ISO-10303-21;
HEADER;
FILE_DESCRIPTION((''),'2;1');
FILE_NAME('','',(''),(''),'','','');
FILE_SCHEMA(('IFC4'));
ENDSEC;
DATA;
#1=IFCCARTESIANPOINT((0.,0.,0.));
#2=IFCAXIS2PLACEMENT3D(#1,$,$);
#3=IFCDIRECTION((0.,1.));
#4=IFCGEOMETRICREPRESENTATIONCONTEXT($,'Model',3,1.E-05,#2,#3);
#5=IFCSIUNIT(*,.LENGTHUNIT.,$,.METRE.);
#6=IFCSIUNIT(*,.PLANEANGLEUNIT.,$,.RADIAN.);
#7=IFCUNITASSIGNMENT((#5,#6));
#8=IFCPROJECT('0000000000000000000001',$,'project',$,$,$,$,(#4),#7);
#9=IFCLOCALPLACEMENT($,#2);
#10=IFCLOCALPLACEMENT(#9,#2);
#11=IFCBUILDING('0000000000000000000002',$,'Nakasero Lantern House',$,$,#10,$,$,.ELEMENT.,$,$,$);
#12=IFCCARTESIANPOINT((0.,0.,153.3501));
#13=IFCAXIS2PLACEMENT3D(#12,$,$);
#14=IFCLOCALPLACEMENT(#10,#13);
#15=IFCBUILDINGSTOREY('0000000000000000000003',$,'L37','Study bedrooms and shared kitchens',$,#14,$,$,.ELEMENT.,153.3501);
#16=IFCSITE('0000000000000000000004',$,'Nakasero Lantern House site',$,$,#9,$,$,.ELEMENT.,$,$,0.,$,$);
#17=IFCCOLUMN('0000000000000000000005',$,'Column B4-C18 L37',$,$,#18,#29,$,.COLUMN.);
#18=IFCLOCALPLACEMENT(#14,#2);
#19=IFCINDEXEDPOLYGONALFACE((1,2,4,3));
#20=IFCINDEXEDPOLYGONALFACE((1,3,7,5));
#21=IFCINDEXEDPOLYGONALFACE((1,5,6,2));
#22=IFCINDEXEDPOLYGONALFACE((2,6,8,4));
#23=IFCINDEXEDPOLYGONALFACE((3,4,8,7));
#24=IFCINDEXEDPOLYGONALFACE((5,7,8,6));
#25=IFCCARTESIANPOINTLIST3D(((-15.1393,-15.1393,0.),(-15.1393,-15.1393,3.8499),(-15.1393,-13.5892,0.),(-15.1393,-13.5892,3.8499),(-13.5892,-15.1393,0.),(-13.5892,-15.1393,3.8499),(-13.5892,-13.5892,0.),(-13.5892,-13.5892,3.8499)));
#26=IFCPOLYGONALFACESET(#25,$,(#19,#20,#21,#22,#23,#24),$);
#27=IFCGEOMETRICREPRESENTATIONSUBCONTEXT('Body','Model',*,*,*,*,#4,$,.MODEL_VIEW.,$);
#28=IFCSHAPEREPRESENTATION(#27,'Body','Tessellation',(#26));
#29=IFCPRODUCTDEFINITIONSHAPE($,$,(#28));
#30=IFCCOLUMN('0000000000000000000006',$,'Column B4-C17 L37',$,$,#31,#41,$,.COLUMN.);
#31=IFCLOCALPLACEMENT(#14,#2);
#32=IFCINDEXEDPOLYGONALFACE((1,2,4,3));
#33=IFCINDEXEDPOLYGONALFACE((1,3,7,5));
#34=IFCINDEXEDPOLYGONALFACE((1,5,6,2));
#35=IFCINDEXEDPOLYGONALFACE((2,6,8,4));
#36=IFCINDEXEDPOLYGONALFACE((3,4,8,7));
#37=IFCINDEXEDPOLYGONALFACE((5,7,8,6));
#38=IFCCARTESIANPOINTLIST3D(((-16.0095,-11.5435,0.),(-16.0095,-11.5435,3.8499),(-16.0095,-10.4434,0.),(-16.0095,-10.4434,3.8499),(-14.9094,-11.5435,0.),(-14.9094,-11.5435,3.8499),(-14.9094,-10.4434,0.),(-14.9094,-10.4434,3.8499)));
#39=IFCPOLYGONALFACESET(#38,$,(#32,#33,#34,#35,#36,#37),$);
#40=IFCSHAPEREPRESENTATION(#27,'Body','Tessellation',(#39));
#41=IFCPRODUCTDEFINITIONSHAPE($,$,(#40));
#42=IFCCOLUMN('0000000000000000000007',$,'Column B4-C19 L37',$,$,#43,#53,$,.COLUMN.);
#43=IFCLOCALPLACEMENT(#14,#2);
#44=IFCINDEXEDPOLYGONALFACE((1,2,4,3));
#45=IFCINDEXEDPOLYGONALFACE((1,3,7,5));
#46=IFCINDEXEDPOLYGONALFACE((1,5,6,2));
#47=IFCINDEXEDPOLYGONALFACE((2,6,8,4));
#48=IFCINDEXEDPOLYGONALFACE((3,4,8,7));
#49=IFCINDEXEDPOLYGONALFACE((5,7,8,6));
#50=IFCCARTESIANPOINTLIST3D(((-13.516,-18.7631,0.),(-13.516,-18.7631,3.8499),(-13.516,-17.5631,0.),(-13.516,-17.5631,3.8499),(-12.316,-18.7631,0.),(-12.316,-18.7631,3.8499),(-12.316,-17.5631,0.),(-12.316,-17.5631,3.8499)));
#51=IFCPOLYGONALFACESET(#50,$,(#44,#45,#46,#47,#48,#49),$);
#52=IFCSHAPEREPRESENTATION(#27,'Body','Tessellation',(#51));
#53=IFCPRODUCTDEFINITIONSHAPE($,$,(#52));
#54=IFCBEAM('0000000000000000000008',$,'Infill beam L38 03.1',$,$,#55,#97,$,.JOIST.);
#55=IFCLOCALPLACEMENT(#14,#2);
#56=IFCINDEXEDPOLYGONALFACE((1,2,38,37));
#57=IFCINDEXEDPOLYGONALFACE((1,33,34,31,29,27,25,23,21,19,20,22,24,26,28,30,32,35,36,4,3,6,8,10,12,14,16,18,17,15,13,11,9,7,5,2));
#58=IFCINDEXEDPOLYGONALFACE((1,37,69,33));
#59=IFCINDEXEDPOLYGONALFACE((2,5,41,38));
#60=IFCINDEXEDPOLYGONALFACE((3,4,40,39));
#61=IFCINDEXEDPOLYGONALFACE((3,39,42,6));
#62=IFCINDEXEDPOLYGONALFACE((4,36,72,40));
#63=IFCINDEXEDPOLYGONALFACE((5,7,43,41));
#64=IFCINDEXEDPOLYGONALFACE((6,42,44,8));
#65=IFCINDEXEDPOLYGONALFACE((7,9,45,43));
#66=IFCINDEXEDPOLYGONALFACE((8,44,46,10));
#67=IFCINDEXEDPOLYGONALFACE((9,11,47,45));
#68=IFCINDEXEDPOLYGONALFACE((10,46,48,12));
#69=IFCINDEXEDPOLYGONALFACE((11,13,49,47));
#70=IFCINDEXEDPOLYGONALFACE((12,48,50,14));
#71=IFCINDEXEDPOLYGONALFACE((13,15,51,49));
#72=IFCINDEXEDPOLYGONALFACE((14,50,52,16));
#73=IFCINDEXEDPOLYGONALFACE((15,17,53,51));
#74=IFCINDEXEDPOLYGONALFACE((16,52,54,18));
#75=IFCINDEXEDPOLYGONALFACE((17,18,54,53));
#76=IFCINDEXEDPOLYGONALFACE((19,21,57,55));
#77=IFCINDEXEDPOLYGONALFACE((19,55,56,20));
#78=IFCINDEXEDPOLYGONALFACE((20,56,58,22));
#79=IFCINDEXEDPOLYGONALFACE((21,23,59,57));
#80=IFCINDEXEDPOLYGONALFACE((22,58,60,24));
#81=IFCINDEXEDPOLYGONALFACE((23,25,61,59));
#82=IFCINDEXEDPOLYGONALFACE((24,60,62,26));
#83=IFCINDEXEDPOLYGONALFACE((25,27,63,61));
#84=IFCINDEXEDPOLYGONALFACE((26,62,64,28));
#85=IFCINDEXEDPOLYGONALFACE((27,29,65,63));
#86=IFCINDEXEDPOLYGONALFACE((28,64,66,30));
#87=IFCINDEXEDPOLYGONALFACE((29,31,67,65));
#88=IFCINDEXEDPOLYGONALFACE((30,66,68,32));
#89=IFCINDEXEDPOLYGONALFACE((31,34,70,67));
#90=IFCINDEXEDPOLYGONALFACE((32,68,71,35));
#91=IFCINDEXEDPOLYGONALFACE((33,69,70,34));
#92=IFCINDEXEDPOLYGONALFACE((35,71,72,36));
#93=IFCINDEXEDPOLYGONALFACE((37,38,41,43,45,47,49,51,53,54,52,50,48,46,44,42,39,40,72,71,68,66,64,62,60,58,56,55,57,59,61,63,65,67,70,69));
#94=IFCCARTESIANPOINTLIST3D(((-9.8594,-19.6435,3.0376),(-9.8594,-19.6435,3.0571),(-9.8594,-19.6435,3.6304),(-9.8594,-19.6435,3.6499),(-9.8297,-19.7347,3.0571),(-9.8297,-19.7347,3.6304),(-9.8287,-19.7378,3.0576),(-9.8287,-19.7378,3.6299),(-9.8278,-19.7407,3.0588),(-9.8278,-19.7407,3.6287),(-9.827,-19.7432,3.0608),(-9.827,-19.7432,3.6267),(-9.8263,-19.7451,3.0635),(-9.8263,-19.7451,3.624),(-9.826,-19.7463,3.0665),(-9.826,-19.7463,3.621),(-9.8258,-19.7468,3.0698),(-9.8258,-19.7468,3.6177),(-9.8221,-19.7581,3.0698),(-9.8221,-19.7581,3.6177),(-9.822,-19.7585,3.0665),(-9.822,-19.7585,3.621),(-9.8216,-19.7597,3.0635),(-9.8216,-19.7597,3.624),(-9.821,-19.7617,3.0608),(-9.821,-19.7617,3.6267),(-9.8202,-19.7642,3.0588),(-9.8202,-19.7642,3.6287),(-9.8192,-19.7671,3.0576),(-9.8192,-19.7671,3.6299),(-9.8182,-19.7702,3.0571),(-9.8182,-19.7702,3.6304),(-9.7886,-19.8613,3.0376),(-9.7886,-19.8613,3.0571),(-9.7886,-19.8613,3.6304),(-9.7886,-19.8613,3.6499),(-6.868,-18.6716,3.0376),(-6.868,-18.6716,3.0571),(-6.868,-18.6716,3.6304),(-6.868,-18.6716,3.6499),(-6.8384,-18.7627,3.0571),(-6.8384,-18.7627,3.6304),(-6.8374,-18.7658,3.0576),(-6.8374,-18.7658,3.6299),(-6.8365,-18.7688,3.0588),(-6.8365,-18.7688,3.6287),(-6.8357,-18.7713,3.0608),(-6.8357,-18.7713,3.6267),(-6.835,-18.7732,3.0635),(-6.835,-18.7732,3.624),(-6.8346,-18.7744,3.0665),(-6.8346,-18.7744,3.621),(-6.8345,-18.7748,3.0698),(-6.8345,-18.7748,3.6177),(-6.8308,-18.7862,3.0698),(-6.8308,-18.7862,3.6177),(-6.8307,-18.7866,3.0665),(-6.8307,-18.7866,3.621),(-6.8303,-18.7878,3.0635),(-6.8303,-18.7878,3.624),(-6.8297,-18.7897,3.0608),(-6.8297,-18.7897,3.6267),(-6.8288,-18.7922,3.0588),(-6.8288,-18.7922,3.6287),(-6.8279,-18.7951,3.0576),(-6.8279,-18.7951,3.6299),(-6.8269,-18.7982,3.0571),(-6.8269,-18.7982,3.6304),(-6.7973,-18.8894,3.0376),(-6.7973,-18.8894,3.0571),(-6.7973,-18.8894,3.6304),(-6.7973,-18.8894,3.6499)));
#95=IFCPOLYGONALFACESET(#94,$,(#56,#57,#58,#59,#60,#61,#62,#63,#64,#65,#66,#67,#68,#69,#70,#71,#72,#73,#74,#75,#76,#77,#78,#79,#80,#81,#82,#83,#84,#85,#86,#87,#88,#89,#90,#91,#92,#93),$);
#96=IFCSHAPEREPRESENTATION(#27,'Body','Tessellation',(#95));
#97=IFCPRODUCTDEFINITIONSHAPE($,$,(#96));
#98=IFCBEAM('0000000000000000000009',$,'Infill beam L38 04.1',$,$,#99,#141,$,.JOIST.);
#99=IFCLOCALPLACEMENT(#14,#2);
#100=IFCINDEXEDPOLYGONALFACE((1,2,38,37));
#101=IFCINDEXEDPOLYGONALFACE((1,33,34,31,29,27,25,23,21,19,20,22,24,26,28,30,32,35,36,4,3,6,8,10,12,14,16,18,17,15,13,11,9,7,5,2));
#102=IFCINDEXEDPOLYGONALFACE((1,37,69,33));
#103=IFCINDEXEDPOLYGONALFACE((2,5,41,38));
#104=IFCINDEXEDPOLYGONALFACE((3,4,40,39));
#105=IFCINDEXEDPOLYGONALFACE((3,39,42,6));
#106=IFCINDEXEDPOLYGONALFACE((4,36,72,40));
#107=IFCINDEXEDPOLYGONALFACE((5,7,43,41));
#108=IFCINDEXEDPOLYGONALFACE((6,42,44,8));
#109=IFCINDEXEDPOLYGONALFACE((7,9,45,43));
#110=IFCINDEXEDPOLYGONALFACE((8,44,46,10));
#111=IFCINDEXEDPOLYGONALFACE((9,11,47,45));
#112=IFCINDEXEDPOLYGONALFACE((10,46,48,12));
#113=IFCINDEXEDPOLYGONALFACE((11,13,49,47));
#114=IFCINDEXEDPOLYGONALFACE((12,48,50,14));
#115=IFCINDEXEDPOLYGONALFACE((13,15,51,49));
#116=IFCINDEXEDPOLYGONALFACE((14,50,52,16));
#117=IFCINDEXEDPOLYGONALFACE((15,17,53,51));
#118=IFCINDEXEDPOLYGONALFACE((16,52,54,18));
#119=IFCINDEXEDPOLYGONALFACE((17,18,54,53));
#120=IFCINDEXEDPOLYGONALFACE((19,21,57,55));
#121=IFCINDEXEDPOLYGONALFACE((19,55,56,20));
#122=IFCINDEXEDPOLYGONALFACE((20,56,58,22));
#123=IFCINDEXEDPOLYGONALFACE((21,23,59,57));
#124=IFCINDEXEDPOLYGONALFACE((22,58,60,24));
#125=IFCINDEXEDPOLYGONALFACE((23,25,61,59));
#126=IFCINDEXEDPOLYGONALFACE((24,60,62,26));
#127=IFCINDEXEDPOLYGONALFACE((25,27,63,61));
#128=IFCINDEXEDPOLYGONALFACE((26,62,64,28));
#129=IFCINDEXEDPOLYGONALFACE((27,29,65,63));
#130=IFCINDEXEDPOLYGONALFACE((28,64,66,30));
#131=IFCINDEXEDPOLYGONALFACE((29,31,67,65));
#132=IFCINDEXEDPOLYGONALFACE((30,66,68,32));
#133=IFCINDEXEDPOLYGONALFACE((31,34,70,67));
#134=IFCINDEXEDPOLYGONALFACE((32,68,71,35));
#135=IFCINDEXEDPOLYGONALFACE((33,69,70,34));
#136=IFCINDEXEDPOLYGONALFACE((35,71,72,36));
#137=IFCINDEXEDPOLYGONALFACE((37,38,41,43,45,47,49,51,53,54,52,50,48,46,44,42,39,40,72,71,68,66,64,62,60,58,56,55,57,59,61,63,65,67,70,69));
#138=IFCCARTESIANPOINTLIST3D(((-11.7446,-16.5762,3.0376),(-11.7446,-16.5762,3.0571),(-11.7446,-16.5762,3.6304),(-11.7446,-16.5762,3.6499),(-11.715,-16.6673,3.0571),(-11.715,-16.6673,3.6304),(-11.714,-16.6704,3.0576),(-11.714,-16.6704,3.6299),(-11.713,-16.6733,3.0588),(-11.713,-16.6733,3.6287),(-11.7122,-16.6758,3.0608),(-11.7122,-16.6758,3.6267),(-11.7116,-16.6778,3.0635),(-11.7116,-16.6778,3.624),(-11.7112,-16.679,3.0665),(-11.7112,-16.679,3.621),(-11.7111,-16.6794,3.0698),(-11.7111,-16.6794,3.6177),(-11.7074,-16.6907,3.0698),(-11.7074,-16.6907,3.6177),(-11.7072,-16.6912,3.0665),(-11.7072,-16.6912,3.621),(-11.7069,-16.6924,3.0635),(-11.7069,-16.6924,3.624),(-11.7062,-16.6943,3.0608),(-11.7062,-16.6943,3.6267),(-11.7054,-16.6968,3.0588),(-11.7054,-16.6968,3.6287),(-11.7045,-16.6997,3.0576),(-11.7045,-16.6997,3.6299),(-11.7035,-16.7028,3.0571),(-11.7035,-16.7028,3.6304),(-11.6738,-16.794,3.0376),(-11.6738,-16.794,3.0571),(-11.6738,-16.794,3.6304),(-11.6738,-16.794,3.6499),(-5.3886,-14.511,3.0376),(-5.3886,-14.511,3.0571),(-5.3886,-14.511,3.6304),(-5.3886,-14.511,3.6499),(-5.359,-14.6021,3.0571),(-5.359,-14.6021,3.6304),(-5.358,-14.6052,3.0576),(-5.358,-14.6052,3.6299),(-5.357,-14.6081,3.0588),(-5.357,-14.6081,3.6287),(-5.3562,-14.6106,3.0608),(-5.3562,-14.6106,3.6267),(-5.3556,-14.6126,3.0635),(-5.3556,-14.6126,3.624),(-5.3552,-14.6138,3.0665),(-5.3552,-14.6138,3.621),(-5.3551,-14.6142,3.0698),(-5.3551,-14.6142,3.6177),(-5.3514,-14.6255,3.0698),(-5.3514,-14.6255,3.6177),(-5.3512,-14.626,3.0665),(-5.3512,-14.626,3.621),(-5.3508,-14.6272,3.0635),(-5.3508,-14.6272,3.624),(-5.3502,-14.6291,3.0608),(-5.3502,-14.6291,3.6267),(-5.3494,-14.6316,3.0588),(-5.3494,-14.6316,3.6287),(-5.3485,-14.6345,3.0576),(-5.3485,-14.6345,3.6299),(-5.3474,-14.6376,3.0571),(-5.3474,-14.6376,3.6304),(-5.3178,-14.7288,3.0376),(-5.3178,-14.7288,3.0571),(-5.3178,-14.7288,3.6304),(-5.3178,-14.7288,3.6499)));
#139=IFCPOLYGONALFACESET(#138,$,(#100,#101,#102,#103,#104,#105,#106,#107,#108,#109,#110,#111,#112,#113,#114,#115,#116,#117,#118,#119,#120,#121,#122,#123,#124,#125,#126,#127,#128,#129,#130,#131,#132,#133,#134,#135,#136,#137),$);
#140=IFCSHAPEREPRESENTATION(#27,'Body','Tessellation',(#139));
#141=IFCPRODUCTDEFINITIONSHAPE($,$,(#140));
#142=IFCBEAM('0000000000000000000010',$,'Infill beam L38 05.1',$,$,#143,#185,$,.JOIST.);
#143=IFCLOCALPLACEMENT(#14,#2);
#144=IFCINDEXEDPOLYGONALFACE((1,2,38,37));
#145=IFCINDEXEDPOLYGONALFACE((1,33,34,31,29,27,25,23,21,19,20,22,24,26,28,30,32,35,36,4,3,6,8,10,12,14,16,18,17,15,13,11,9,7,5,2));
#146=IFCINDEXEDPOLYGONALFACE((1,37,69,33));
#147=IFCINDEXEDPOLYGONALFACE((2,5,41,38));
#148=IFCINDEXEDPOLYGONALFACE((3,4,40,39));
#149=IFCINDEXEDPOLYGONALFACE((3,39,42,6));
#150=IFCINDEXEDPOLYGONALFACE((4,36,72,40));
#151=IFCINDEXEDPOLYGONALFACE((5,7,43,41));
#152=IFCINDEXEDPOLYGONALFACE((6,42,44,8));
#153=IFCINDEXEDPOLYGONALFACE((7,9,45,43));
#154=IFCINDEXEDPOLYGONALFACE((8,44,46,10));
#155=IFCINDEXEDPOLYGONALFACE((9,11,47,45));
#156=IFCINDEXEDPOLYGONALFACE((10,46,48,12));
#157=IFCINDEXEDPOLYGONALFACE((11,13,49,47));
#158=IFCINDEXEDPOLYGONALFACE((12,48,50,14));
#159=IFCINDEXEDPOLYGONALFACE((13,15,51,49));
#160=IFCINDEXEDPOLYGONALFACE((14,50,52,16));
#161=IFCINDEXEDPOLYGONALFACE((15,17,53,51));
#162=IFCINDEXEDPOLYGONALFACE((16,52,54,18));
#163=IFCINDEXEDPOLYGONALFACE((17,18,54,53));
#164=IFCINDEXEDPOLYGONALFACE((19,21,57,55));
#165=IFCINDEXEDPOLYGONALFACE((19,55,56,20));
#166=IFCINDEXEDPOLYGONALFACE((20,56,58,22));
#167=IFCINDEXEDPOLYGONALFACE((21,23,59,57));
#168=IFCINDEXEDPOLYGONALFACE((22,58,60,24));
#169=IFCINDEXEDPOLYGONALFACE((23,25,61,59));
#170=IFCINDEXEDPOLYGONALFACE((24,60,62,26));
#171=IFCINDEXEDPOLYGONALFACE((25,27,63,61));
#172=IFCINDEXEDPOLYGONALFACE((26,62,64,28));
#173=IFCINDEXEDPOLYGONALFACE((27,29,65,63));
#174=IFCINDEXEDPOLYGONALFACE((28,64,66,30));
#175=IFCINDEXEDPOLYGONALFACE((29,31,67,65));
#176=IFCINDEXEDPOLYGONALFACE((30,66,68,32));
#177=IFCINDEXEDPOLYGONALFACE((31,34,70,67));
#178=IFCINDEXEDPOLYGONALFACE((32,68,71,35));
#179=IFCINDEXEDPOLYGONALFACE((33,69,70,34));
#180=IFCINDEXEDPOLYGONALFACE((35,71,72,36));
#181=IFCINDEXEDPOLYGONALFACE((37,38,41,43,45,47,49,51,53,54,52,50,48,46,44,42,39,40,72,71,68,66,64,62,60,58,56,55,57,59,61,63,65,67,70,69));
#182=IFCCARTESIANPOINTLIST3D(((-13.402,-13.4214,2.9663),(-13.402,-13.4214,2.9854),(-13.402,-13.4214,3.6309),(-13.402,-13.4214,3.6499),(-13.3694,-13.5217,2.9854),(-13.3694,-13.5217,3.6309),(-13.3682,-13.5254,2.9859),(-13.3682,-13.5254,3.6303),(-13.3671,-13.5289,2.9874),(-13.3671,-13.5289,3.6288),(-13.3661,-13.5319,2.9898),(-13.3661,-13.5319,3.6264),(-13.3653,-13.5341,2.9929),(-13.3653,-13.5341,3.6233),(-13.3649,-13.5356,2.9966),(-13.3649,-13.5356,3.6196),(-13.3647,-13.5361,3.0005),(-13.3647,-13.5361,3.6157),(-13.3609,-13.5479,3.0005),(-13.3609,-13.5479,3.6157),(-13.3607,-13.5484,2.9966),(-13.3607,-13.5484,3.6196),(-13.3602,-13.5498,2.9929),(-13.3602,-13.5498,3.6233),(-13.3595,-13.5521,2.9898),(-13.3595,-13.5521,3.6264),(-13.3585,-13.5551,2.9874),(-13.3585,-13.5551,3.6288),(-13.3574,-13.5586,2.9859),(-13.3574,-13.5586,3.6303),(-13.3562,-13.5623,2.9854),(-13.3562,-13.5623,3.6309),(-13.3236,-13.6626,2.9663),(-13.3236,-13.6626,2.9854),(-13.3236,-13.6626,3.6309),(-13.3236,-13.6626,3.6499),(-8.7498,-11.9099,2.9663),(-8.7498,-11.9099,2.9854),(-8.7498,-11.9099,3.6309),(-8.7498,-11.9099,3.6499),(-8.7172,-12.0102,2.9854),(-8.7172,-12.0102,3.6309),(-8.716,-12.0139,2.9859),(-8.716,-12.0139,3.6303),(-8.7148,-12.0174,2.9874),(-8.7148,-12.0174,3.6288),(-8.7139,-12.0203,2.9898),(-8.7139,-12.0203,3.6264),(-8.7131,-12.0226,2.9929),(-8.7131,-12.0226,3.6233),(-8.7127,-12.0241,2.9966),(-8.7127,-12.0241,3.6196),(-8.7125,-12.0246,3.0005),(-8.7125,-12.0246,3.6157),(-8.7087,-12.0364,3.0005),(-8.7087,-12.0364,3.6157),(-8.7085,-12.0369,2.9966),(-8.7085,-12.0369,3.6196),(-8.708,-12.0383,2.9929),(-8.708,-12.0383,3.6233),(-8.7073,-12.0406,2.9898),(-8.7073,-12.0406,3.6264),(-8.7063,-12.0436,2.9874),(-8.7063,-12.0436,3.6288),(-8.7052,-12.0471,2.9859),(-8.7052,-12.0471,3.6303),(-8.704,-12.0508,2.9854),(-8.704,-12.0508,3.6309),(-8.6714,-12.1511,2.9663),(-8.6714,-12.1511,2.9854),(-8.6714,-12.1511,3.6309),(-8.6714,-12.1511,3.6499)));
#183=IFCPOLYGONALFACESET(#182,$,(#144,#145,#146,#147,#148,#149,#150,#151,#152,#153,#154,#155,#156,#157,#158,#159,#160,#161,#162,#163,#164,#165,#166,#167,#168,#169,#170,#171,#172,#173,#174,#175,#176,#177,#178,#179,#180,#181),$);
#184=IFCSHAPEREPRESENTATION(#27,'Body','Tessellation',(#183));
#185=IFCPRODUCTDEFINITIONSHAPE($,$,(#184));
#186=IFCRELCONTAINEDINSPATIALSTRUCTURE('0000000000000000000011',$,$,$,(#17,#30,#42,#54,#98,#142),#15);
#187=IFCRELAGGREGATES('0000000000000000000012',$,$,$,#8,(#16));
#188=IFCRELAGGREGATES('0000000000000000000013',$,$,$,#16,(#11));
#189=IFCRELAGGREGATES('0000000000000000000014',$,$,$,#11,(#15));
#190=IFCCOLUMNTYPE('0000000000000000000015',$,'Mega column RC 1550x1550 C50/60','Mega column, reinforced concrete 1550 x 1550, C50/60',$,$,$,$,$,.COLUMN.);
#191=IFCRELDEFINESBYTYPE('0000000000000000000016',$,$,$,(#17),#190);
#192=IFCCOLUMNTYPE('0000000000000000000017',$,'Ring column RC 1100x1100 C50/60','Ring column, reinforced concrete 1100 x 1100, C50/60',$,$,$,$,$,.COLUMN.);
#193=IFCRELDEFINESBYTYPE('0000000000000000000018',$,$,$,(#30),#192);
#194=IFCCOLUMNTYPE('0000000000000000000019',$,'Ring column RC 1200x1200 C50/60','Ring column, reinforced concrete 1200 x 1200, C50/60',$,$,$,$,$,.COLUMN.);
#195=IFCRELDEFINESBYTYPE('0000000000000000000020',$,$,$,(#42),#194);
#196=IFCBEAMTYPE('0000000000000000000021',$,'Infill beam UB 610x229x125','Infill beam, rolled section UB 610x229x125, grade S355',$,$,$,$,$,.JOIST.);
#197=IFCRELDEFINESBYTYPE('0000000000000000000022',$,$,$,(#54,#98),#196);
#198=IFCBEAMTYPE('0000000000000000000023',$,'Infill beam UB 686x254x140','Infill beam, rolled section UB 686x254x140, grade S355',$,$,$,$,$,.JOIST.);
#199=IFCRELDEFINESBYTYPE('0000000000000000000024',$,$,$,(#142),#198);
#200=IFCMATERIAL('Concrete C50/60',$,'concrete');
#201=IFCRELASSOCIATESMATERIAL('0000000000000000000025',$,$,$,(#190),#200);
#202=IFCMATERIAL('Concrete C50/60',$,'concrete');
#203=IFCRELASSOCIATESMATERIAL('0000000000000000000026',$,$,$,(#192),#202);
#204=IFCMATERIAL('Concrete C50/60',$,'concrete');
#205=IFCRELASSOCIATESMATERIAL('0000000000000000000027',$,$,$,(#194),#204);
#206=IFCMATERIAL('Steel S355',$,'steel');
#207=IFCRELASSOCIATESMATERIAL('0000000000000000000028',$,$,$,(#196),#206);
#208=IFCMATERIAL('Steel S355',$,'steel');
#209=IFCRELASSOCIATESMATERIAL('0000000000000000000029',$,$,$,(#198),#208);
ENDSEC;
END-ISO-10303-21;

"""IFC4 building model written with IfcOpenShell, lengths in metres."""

from ifc_helpers import new_model, si_unit, direction, frame, origin, origin_2d, place, context, subcontext, project, spatial, rectangle, i_section, extrude, material, material_profile, profile_set, type_object, element, save


model = new_model("IFC4")

# Units and contexts
model_context = context("Model", 3, precision=1e-05, world=origin(), true_north=direction((0.0, 1.0)))
body_context = subcontext(model_context, "Body", "Model", "MODEL_VIEW")
ifc_project = project(units=[si_unit("LENGTHUNIT", "METRE"), si_unit("PLANEANGLEUNIT", "RADIAN")], contexts=[model_context])

# Site, building, storey
site_placement = place(None, origin())
site = spatial("IfcSite", under=ifc_project, at=site_placement, Name="Nakasero Lantern House site", CompositionType="ELEMENT", RefElevation=0.0)
building_placement = place(site_placement, origin())
building = spatial("IfcBuilding", under=site, at=building_placement, Name="Nakasero Lantern House", CompositionType="ELEMENT")
storey_placement = place(building_placement, frame((0.0, 0.0, 153.3501)))
storey = spatial("IfcBuildingStorey", under=building, at=storey_placement, Name="L37", Description="Study bedrooms and shared kitchens", CompositionType="ELEMENT", Elevation=153.3501)

# Columns
ifc_material_1 = material(Name="Concrete C50/60", Category="concrete")
ifc_material_profile_1 = material_profile(ifc_material_1, rectangle(XDim=1.55, YDim=1.55, at=origin_2d()), Name="RC 1550x1550")
ifc_profile_set_1 = profile_set([ifc_material_profile_1], Name="Concrete C50/60")
column_type_1 = type_object("IfcColumnType", Name="Mega column RC 1550x1550 C50/60", Description="Mega column, reinforced concrete 1550 x 1550, C50/60", PredefinedType="COLUMN", material=ifc_profile_set_1)
column_1_placement = place(storey_placement, frame((-14.3643, -14.3643, 0.0), z_axis=(0.0, 0.0, 1.0), x_axis=(1.0, 0.0, 0.0)))
element("IfcColumn", 1, at=column_1_placement, inside=storey, type_object=column_type_1, Name="Column B4-C18 L37", PredefinedType="COLUMN", context=body_context, shape_type="SweptSolid", body=[
    extrude(rectangle(XDim=1.55, YDim=1.55, at=origin_2d()), origin(), (0.0, 0.0, 1.0), 3.8499),
])
ifc_material_2 = material(Name="Concrete C50/60", Category="concrete")
ifc_material_profile_2 = material_profile(ifc_material_2, rectangle(XDim=1.1001, YDim=1.1001, at=origin_2d()), Name="RC 1100x1100")
ifc_profile_set_2 = profile_set([ifc_material_profile_2], Name="Concrete C50/60")
column_type_2 = type_object("IfcColumnType", Name="Ring column RC 1100x1100 C50/60", Description="Ring column, reinforced concrete 1100 x 1100, C50/60", PredefinedType="COLUMN", material=ifc_profile_set_2)
column_2_placement = place(storey_placement, frame((-15.4595, -10.9934, 0.0), z_axis=(0.0, 0.0, 1.0), x_axis=(1.0, 0.0, 0.0)))
element("IfcColumn", 2, at=column_2_placement, inside=storey, type_object=column_type_2, Name="Column B4-C17 L37", PredefinedType="COLUMN", context=body_context, shape_type="SweptSolid", body=[
    extrude(rectangle(XDim=1.1001, YDim=1.1001, at=origin_2d()), origin(), (0.0, 0.0, 1.0), 3.8499),
])
ifc_material_3 = material(Name="Concrete C50/60", Category="concrete")
ifc_material_profile_3 = material_profile(ifc_material_3, rectangle(XDim=1.2, YDim=1.2, at=origin_2d()), Name="RC 1200x1200")
ifc_profile_set_3 = profile_set([ifc_material_profile_3], Name="Concrete C50/60")
column_type_3 = type_object("IfcColumnType", Name="Ring column RC 1200x1200 C50/60", Description="Ring column, reinforced concrete 1200 x 1200, C50/60", PredefinedType="COLUMN", material=ifc_profile_set_3)
column_3_placement = place(storey_placement, frame((-12.916, -18.1631, 0.0), z_axis=(0.0, 0.0, 1.0), x_axis=(1.0, 0.0, 0.0)))
element("IfcColumn", 3, at=column_3_placement, inside=storey, type_object=column_type_3, Name="Column B4-C19 L37", PredefinedType="COLUMN", context=body_context, shape_type="SweptSolid", body=[
    extrude(rectangle(XDim=1.2, YDim=1.2, at=origin_2d()), origin(), (0.0, 0.0, 1.0), 3.8499),
])

# Beams
ifc_material_4 = material(Name="Steel S355", Category="steel")
ifc_material_profile_4 = material_profile(ifc_material_4, i_section(OverallWidth=0.229, OverallDepth=0.6123, WebThickness=0.012, FlangeThickness=0.0195, FilletRadius=0.0127, at=origin_2d()), Name="UB 610x229x125")
ifc_profile_set_4 = profile_set([ifc_material_profile_4], Name="Steel S355")
beam_type_1 = type_object("IfcBeamType", Name="Infill beam UB 610x229x125", Description="Infill beam, rolled section UB 610x229x125, grade S355", PredefinedType="JOIST", material=ifc_profile_set_4)
beam_1_placement = place(storey_placement, frame((-9.824, -19.7524, 3.3438), z_axis=(0.951055, 0.309023, 0.0), x_axis=(-0.309023, 0.951055, 0.0)))
element("IfcBeam", 4, at=beam_1_placement, inside=storey, type_object=beam_type_1, Name="Infill beam L38 03.1", PredefinedType="JOIST", context=body_context, shape_type="SweptSolid", body=[
    extrude(i_section(OverallWidth=0.229, OverallDepth=0.6123, WebThickness=0.012, FlangeThickness=0.0195, FilletRadius=0.0127, at=origin_2d()), origin(), (0.0, 0.0, 1.0), 3.1453),
])
beam_2_placement = place(storey_placement, frame((-11.7092, -16.6851, 3.3438), z_axis=(0.951056, 0.309018, 0.0), x_axis=(-0.309018, 0.951056, 0.0)))
element("IfcBeam", 5, at=beam_2_placement, inside=storey, type_object=beam_type_1, Name="Infill beam L38 04.1", PredefinedType="JOIST", context=body_context, shape_type="SweptSolid", body=[
    extrude(i_section(OverallWidth=0.229, OverallDepth=0.6123, WebThickness=0.012, FlangeThickness=0.0195, FilletRadius=0.0127, at=origin_2d()), origin(), (0.0, 0.0, 1.0), 6.6831),
])
ifc_material_5 = material(Name="Steel S355", Category="steel")
ifc_material_profile_5 = material_profile(ifc_material_5, i_section(OverallWidth=0.2537, OverallDepth=0.6836, WebThickness=0.0125, FlangeThickness=0.019, FilletRadius=0.0151, at=origin_2d()), Name="UB 686x254x140")
ifc_profile_set_5 = profile_set([ifc_material_profile_5], Name="Steel S355")
beam_type_2 = type_object("IfcBeamType", Name="Infill beam UB 686x254x140", Description="Infill beam, rolled section UB 686x254x140, grade S355", PredefinedType="JOIST", material=ifc_profile_set_5)
beam_3_placement = place(storey_placement, frame((-13.3628, -13.542, 3.3081), z_axis=(0.951062, 0.309001, 0.0), x_axis=(-0.309001, 0.951062, 0.0)))
element("IfcBeam", 6, at=beam_3_placement, inside=storey, type_object=beam_type_2, Name="Infill beam L38 05.1", PredefinedType="JOIST", context=body_context, shape_type="SweptSolid", body=[
    extrude(i_section(OverallWidth=0.2537, OverallDepth=0.6836, WebThickness=0.0125, FlangeThickness=0.019, FilletRadius=0.0151, at=origin_2d()), origin(), (0.0, 0.0, 1.0), 4.8916),
])

save(model, "model.ifc")
